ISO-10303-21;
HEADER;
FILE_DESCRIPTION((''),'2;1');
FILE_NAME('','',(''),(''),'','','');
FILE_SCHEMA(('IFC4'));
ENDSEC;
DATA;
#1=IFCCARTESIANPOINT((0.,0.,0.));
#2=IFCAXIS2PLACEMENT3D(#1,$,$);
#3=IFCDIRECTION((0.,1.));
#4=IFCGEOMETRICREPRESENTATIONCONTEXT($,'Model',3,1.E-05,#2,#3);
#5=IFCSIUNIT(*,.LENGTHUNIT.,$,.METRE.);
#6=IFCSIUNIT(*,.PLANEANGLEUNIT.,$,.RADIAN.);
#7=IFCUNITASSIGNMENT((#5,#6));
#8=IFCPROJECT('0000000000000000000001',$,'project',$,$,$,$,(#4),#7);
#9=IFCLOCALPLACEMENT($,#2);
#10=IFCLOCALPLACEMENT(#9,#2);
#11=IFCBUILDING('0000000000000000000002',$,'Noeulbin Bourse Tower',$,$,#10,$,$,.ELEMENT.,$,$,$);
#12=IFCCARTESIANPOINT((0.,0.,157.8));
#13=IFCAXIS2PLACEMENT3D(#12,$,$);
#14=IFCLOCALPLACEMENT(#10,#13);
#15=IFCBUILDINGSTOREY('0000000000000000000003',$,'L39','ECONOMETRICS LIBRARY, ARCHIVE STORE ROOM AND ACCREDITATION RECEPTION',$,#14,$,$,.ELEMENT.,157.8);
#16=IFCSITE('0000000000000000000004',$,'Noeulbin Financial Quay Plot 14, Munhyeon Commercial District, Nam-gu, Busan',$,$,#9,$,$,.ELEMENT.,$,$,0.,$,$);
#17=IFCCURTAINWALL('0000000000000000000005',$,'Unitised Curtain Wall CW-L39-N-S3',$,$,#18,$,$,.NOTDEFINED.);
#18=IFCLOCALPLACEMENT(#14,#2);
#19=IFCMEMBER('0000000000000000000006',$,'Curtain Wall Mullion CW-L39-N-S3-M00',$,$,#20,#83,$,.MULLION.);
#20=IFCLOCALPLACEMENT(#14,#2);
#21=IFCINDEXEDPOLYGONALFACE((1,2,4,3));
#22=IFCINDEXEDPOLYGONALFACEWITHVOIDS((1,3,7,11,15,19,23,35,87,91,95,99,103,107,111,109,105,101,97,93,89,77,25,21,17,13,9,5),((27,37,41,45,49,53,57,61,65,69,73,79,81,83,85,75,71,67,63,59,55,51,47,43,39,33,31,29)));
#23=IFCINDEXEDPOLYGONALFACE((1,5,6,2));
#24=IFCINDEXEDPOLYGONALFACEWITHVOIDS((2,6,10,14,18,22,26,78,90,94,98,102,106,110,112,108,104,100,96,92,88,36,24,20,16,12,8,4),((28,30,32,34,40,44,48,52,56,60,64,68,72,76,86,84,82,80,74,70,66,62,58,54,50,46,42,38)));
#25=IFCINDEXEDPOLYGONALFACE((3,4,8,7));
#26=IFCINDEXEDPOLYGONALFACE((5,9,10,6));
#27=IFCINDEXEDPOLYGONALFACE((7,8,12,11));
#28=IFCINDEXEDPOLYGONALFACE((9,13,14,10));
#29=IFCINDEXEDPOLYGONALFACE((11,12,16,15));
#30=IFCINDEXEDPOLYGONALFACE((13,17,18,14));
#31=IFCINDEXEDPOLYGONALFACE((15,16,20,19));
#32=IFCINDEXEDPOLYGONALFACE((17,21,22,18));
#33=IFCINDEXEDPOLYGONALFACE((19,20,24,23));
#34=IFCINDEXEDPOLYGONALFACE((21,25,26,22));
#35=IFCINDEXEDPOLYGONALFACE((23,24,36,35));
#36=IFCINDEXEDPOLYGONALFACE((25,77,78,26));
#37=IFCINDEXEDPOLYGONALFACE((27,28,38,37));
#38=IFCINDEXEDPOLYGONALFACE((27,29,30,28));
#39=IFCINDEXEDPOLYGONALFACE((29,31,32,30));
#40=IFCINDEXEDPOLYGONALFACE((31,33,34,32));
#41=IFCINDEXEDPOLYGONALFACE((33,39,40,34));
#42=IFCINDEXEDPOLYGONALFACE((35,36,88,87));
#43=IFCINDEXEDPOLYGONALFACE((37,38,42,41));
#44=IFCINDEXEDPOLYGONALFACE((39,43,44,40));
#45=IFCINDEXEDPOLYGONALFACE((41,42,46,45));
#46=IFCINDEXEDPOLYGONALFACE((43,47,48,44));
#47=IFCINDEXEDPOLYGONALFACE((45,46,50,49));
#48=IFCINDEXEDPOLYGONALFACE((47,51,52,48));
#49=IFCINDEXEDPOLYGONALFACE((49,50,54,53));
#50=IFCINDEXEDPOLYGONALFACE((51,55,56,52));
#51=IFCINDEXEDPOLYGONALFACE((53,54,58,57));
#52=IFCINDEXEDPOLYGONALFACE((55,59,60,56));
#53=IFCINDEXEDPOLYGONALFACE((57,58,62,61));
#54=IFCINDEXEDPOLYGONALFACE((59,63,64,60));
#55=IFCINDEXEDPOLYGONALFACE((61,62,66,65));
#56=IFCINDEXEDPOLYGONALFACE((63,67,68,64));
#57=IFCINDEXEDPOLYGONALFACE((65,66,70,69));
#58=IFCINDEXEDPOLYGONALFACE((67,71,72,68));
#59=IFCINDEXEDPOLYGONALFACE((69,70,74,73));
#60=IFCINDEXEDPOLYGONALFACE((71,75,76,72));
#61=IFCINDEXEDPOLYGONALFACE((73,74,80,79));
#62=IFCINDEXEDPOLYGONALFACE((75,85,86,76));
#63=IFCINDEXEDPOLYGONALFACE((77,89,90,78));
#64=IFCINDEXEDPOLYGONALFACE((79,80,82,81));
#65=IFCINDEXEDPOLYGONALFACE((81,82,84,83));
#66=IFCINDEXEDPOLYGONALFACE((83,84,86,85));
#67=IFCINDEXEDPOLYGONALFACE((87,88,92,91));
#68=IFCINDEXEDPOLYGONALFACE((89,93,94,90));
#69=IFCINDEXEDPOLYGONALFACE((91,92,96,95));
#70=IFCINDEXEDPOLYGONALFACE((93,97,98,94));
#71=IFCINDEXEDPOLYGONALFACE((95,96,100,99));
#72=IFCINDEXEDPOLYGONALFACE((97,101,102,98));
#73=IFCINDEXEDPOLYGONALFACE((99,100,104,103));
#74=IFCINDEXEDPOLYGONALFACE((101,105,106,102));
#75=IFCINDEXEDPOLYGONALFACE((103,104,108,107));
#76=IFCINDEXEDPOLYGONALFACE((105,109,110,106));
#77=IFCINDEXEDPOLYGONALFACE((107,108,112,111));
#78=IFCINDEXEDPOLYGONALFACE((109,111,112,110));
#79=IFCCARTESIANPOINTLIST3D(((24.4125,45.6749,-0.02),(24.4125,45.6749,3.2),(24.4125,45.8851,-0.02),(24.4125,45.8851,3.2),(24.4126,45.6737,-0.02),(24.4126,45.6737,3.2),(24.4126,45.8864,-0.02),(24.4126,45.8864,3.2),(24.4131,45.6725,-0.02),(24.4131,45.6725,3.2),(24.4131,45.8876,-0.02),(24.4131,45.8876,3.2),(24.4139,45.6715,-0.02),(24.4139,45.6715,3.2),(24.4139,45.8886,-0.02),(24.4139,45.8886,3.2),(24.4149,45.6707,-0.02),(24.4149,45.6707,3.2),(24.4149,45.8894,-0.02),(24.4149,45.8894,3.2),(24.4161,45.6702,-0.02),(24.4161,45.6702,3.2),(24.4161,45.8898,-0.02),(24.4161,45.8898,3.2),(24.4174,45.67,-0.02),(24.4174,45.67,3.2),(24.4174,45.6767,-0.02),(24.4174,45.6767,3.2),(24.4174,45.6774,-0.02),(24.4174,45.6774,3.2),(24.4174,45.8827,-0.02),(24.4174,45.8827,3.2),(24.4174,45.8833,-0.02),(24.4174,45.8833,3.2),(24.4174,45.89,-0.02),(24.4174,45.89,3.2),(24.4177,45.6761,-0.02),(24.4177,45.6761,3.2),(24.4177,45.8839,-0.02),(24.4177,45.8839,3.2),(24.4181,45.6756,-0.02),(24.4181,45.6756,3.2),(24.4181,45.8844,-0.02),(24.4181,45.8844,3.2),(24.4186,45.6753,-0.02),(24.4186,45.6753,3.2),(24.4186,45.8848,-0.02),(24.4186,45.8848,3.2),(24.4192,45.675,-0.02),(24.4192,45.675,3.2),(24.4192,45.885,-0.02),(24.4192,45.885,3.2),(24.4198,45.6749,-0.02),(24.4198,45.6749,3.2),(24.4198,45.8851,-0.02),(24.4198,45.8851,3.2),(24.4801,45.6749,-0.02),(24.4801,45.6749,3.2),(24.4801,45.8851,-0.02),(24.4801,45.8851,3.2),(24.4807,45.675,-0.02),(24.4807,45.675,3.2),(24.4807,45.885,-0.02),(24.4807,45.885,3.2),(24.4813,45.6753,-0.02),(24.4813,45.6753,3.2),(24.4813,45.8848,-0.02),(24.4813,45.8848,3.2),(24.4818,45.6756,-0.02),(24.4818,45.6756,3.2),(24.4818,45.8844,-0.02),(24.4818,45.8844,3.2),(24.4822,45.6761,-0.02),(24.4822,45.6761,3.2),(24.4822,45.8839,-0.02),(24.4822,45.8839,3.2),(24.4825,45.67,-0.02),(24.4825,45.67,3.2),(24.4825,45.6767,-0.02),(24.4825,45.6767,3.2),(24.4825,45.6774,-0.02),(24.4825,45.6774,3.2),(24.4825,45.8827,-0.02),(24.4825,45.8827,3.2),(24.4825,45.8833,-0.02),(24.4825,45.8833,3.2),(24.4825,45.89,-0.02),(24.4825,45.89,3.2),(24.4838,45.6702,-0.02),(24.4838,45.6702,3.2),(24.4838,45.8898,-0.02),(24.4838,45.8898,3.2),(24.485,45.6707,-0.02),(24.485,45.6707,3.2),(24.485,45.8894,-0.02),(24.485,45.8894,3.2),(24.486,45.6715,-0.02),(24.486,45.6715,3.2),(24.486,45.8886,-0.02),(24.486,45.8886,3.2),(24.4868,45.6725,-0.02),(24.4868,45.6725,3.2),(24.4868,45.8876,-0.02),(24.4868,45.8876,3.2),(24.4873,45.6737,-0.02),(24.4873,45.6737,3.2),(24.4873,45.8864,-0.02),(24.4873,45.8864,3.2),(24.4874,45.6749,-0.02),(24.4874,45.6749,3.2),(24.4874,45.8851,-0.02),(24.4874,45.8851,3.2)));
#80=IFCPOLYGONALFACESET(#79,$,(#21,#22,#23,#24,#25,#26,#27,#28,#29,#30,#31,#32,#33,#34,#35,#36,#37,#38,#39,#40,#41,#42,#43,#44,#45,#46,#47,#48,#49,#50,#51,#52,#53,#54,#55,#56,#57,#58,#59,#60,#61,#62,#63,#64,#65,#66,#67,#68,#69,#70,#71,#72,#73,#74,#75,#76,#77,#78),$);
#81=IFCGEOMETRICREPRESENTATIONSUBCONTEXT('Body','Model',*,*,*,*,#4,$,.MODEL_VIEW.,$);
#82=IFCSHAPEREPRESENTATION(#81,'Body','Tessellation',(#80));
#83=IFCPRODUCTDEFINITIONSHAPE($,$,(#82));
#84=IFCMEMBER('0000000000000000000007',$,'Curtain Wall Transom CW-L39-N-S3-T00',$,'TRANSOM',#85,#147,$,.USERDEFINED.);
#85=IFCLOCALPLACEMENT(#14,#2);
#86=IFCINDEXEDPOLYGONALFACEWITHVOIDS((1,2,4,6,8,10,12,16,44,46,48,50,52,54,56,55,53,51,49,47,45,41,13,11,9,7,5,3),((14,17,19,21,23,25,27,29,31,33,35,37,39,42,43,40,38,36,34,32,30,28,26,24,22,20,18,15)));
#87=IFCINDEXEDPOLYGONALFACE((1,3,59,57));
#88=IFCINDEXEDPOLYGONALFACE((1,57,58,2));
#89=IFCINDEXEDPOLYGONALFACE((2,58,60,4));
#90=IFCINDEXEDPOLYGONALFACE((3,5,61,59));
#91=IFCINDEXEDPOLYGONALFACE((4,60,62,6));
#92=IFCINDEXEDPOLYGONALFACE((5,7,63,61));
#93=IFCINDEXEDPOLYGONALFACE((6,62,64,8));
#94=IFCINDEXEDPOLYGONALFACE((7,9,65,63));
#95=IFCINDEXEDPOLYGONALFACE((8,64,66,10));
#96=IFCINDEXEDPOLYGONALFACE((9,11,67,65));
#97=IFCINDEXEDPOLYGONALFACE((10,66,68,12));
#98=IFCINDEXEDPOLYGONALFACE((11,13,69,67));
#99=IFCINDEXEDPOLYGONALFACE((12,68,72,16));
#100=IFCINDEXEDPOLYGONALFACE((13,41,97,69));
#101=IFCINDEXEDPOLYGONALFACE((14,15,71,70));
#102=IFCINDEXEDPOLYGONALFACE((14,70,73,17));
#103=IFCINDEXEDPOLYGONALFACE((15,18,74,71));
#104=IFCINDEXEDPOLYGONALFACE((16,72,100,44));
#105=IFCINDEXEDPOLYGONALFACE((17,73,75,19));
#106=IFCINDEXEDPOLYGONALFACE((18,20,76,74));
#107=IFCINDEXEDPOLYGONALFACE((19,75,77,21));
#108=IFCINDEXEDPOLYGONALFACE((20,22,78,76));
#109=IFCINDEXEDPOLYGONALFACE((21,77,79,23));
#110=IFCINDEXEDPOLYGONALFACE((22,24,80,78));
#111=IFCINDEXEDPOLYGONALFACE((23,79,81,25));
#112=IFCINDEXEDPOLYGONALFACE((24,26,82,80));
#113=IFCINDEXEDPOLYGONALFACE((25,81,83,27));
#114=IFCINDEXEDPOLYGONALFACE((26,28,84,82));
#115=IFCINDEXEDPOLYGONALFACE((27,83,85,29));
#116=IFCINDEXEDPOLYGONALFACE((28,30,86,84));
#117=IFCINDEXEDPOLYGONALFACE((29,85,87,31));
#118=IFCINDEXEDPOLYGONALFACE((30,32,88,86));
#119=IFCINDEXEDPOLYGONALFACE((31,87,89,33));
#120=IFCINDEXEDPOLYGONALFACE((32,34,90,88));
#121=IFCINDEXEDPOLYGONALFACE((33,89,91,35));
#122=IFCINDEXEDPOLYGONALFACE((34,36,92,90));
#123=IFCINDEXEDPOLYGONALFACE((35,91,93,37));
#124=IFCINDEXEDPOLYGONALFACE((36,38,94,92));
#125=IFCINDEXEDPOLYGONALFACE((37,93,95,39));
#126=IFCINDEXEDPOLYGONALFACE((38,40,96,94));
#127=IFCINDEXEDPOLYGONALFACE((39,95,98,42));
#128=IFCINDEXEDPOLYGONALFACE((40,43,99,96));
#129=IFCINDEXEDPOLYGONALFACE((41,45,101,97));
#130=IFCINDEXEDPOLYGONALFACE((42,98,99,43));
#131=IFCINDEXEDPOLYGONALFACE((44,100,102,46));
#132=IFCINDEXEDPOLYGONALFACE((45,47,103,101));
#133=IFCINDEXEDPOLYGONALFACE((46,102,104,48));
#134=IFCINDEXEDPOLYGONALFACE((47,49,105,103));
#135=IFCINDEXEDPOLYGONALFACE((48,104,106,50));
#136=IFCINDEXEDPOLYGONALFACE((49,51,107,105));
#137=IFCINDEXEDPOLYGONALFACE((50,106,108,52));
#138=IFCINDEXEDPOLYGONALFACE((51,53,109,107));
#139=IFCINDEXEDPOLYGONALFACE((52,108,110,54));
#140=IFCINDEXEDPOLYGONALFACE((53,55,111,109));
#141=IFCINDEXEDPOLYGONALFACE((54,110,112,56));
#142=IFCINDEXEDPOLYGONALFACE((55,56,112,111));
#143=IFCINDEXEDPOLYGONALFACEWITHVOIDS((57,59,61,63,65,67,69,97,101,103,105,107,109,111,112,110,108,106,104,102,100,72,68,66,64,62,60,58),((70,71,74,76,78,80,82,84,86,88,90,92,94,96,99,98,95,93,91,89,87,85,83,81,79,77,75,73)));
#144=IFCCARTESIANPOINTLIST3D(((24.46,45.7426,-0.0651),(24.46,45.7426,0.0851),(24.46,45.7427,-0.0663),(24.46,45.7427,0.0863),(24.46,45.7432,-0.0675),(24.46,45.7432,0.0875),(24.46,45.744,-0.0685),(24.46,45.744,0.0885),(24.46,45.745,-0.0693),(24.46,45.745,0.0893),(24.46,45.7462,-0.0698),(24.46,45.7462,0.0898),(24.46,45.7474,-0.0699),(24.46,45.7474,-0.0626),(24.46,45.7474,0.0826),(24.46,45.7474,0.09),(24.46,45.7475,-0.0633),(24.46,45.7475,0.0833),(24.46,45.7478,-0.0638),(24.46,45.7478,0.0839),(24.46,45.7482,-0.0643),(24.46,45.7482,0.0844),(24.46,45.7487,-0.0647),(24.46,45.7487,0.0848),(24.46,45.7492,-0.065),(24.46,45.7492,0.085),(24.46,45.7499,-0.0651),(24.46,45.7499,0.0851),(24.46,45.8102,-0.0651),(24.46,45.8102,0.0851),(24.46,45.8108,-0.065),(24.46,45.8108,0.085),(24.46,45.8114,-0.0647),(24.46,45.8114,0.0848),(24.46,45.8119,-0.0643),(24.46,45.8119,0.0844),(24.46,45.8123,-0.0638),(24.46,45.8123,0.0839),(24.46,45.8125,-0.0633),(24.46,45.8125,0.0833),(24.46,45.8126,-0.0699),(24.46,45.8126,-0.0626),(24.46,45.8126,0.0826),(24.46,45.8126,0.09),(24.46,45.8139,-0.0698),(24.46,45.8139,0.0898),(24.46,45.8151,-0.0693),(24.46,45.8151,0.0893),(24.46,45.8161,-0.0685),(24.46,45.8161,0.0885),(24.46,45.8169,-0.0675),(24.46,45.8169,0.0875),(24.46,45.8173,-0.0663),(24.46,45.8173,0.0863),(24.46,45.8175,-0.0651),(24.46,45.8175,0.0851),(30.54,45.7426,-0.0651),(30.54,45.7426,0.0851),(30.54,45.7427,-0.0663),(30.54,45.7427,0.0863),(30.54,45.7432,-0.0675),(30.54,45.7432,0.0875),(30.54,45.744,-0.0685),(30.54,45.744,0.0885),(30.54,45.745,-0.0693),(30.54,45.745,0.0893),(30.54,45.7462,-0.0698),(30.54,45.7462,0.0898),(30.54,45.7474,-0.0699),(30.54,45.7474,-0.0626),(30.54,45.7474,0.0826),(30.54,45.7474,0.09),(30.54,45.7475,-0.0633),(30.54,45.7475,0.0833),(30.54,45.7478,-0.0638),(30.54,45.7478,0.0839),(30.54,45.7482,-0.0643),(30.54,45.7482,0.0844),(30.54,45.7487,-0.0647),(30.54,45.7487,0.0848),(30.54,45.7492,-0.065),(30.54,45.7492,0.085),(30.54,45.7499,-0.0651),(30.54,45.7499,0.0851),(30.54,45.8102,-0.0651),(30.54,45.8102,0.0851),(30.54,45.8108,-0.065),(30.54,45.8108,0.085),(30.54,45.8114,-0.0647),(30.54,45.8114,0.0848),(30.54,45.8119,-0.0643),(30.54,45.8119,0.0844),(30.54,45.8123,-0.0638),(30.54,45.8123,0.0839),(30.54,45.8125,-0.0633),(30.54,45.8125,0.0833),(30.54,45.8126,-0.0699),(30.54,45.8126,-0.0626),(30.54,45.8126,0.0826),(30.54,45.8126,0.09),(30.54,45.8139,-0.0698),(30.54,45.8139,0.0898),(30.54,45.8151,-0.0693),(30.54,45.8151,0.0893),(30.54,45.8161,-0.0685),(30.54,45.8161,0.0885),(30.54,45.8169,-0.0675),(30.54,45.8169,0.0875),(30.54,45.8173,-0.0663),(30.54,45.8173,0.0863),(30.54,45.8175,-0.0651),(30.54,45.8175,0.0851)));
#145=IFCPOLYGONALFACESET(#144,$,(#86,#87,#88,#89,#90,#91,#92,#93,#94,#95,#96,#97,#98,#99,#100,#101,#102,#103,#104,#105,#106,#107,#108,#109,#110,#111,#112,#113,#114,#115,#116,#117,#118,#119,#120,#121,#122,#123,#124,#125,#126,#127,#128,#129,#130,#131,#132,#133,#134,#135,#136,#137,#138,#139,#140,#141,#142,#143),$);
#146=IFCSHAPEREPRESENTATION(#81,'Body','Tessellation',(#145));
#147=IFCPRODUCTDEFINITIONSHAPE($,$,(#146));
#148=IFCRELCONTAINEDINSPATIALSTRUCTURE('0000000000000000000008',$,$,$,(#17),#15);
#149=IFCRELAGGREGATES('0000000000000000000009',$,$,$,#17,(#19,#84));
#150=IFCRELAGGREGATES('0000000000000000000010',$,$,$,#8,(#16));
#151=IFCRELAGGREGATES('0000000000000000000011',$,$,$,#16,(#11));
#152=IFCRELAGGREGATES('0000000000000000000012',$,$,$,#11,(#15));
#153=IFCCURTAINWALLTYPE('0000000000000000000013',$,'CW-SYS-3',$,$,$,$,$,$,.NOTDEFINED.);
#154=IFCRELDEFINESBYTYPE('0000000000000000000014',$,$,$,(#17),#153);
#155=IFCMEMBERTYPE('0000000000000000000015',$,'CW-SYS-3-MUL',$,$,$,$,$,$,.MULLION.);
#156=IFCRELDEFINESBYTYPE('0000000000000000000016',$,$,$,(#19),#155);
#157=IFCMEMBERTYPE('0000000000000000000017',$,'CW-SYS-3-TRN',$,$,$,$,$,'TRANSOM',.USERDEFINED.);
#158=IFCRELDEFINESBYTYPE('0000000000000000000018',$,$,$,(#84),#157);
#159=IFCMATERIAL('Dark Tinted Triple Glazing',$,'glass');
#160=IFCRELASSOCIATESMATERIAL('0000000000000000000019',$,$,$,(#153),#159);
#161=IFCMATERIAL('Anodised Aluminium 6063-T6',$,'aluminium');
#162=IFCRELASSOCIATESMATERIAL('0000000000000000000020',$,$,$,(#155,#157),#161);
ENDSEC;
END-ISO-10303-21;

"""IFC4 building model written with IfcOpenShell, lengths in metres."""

from ifc_helpers import new_model, si_unit, direction, frame, origin, origin_2d, place, context, subcontext, project, spatial, hollow_rectangle, extrude, material, material_profile, profile_set, type_object, element, aggregate, save


model = new_model("IFC4")

# Units and contexts
model_context = context("Model", 3, precision=1e-05, world=origin(), true_north=direction((0.0, 1.0)))
body_context = subcontext(model_context, "Body", "Model", "MODEL_VIEW")
ifc_project = project(units=[si_unit("LENGTHUNIT", "METRE"), si_unit("PLANEANGLEUNIT", "RADIAN")], contexts=[model_context])

# Site, building, storey
site_placement = place(None, origin())
site = spatial("IfcSite", under=ifc_project, at=site_placement, Name="Noeulbin Financial Quay Plot 14, Munhyeon Commercial District, Nam-gu, Busan", CompositionType="ELEMENT", RefElevation=0.0)
building_placement = place(site_placement, origin())
building = spatial("IfcBuilding", under=site, at=building_placement, Name="Noeulbin Bourse Tower", CompositionType="ELEMENT")
storey_placement = place(building_placement, frame((0.0, 0.0, 157.8)))
storey = spatial("IfcBuildingStorey", under=building, at=storey_placement, Name="L39", Description="ECONOMETRICS LIBRARY, ARCHIVE STORE ROOM AND ACCREDITATION RECEPTION", CompositionType="ELEMENT", Elevation=157.8)

# Curtain wall, members
ifc_material_1 = material(Name="Dark Tinted Triple Glazing", Category="glass")
curtain_wall_type = type_object("IfcCurtainWallType", Name="CW-SYS-3", PredefinedType="NOTDEFINED", material=ifc_material_1)
ifc_material_2 = material(Name="Anodised Aluminium 6063-T6", Category="aluminium")
ifc_material_profile_1 = material_profile(ifc_material_2, hollow_rectangle(XDim=0.075, YDim=0.22, WallThickness=0.0049, InnerFilletRadius=0.0024, OuterFilletRadius=0.0049, at=origin_2d()), Name="ALU-MULL-75x220x5", Category="LoadBearing")
ifc_profile_set_1 = profile_set([ifc_material_profile_1], Name="Anodised Aluminium 6063-T6")
member_type_1 = type_object("IfcMemberType", Name="CW-SYS-3-MUL", PredefinedType="MULLION", material=ifc_profile_set_1)
curtain_wall_1_placement = place(storey_placement, origin())
curtain_wall_1 = element("IfcCurtainWall", 1, at=curtain_wall_1_placement, inside=storey, type_object=curtain_wall_type, Name="Unitised Curtain Wall CW-L39-N-S3", PredefinedType="NOTDEFINED")
member_1_placement = place(storey_placement, frame((24.45, 45.78, -0.02), z_axis=(0.0, 0.0, 1.0), x_axis=(1.0, 0.0, 0.0)))
member_1 = element("IfcMember", 2, at=member_1_placement, type_object=member_type_1, Name="Curtain Wall Mullion CW-L39-N-S3-M00", PredefinedType="MULLION", context=body_context, shape_type="SweptSolid", body=[
    extrude(hollow_rectangle(XDim=0.075, YDim=0.22, WallThickness=0.0049, InnerFilletRadius=0.0024, OuterFilletRadius=0.0049, at=origin_2d()), origin(), (0.0, 0.0, 1.0), 3.22),
])
ifc_material_profile_2 = material_profile(ifc_material_2, hollow_rectangle(XDim=0.075, YDim=0.1599, WallThickness=0.0049, InnerFilletRadius=0.0024, OuterFilletRadius=0.0049, at=origin_2d()), Name="ALU-TRAN-75x160x5", Category="LoadBearing")
ifc_profile_set_2 = profile_set([ifc_material_profile_2], Name="Anodised Aluminium 6063-T6")
member_type_2 = type_object("IfcMemberType", Name="CW-SYS-3-TRN", ElementType="TRANSOM", PredefinedType="USERDEFINED", material=ifc_profile_set_2)
member_2_placement = place(storey_placement, frame((24.46, 45.78, 0.01), z_axis=(1.0, 0.0, 0.0), x_axis=(0.0, 1.0, 0.0)))
member_2 = element("IfcMember", 3, at=member_2_placement, type_object=member_type_2, Name="Curtain Wall Transom CW-L39-N-S3-T00", ObjectType="TRANSOM", PredefinedType="USERDEFINED", context=body_context, shape_type="SweptSolid", body=[
    extrude(hollow_rectangle(XDim=0.075, YDim=0.1599, WallThickness=0.0049, InnerFilletRadius=0.0024, OuterFilletRadius=0.0049, at=origin_2d()), origin(), (0.0, 0.0, 1.0), 6.0801),
])

aggregate(curtain_wall_1, [member_1, member_2])

save(model, "model.ifc")
